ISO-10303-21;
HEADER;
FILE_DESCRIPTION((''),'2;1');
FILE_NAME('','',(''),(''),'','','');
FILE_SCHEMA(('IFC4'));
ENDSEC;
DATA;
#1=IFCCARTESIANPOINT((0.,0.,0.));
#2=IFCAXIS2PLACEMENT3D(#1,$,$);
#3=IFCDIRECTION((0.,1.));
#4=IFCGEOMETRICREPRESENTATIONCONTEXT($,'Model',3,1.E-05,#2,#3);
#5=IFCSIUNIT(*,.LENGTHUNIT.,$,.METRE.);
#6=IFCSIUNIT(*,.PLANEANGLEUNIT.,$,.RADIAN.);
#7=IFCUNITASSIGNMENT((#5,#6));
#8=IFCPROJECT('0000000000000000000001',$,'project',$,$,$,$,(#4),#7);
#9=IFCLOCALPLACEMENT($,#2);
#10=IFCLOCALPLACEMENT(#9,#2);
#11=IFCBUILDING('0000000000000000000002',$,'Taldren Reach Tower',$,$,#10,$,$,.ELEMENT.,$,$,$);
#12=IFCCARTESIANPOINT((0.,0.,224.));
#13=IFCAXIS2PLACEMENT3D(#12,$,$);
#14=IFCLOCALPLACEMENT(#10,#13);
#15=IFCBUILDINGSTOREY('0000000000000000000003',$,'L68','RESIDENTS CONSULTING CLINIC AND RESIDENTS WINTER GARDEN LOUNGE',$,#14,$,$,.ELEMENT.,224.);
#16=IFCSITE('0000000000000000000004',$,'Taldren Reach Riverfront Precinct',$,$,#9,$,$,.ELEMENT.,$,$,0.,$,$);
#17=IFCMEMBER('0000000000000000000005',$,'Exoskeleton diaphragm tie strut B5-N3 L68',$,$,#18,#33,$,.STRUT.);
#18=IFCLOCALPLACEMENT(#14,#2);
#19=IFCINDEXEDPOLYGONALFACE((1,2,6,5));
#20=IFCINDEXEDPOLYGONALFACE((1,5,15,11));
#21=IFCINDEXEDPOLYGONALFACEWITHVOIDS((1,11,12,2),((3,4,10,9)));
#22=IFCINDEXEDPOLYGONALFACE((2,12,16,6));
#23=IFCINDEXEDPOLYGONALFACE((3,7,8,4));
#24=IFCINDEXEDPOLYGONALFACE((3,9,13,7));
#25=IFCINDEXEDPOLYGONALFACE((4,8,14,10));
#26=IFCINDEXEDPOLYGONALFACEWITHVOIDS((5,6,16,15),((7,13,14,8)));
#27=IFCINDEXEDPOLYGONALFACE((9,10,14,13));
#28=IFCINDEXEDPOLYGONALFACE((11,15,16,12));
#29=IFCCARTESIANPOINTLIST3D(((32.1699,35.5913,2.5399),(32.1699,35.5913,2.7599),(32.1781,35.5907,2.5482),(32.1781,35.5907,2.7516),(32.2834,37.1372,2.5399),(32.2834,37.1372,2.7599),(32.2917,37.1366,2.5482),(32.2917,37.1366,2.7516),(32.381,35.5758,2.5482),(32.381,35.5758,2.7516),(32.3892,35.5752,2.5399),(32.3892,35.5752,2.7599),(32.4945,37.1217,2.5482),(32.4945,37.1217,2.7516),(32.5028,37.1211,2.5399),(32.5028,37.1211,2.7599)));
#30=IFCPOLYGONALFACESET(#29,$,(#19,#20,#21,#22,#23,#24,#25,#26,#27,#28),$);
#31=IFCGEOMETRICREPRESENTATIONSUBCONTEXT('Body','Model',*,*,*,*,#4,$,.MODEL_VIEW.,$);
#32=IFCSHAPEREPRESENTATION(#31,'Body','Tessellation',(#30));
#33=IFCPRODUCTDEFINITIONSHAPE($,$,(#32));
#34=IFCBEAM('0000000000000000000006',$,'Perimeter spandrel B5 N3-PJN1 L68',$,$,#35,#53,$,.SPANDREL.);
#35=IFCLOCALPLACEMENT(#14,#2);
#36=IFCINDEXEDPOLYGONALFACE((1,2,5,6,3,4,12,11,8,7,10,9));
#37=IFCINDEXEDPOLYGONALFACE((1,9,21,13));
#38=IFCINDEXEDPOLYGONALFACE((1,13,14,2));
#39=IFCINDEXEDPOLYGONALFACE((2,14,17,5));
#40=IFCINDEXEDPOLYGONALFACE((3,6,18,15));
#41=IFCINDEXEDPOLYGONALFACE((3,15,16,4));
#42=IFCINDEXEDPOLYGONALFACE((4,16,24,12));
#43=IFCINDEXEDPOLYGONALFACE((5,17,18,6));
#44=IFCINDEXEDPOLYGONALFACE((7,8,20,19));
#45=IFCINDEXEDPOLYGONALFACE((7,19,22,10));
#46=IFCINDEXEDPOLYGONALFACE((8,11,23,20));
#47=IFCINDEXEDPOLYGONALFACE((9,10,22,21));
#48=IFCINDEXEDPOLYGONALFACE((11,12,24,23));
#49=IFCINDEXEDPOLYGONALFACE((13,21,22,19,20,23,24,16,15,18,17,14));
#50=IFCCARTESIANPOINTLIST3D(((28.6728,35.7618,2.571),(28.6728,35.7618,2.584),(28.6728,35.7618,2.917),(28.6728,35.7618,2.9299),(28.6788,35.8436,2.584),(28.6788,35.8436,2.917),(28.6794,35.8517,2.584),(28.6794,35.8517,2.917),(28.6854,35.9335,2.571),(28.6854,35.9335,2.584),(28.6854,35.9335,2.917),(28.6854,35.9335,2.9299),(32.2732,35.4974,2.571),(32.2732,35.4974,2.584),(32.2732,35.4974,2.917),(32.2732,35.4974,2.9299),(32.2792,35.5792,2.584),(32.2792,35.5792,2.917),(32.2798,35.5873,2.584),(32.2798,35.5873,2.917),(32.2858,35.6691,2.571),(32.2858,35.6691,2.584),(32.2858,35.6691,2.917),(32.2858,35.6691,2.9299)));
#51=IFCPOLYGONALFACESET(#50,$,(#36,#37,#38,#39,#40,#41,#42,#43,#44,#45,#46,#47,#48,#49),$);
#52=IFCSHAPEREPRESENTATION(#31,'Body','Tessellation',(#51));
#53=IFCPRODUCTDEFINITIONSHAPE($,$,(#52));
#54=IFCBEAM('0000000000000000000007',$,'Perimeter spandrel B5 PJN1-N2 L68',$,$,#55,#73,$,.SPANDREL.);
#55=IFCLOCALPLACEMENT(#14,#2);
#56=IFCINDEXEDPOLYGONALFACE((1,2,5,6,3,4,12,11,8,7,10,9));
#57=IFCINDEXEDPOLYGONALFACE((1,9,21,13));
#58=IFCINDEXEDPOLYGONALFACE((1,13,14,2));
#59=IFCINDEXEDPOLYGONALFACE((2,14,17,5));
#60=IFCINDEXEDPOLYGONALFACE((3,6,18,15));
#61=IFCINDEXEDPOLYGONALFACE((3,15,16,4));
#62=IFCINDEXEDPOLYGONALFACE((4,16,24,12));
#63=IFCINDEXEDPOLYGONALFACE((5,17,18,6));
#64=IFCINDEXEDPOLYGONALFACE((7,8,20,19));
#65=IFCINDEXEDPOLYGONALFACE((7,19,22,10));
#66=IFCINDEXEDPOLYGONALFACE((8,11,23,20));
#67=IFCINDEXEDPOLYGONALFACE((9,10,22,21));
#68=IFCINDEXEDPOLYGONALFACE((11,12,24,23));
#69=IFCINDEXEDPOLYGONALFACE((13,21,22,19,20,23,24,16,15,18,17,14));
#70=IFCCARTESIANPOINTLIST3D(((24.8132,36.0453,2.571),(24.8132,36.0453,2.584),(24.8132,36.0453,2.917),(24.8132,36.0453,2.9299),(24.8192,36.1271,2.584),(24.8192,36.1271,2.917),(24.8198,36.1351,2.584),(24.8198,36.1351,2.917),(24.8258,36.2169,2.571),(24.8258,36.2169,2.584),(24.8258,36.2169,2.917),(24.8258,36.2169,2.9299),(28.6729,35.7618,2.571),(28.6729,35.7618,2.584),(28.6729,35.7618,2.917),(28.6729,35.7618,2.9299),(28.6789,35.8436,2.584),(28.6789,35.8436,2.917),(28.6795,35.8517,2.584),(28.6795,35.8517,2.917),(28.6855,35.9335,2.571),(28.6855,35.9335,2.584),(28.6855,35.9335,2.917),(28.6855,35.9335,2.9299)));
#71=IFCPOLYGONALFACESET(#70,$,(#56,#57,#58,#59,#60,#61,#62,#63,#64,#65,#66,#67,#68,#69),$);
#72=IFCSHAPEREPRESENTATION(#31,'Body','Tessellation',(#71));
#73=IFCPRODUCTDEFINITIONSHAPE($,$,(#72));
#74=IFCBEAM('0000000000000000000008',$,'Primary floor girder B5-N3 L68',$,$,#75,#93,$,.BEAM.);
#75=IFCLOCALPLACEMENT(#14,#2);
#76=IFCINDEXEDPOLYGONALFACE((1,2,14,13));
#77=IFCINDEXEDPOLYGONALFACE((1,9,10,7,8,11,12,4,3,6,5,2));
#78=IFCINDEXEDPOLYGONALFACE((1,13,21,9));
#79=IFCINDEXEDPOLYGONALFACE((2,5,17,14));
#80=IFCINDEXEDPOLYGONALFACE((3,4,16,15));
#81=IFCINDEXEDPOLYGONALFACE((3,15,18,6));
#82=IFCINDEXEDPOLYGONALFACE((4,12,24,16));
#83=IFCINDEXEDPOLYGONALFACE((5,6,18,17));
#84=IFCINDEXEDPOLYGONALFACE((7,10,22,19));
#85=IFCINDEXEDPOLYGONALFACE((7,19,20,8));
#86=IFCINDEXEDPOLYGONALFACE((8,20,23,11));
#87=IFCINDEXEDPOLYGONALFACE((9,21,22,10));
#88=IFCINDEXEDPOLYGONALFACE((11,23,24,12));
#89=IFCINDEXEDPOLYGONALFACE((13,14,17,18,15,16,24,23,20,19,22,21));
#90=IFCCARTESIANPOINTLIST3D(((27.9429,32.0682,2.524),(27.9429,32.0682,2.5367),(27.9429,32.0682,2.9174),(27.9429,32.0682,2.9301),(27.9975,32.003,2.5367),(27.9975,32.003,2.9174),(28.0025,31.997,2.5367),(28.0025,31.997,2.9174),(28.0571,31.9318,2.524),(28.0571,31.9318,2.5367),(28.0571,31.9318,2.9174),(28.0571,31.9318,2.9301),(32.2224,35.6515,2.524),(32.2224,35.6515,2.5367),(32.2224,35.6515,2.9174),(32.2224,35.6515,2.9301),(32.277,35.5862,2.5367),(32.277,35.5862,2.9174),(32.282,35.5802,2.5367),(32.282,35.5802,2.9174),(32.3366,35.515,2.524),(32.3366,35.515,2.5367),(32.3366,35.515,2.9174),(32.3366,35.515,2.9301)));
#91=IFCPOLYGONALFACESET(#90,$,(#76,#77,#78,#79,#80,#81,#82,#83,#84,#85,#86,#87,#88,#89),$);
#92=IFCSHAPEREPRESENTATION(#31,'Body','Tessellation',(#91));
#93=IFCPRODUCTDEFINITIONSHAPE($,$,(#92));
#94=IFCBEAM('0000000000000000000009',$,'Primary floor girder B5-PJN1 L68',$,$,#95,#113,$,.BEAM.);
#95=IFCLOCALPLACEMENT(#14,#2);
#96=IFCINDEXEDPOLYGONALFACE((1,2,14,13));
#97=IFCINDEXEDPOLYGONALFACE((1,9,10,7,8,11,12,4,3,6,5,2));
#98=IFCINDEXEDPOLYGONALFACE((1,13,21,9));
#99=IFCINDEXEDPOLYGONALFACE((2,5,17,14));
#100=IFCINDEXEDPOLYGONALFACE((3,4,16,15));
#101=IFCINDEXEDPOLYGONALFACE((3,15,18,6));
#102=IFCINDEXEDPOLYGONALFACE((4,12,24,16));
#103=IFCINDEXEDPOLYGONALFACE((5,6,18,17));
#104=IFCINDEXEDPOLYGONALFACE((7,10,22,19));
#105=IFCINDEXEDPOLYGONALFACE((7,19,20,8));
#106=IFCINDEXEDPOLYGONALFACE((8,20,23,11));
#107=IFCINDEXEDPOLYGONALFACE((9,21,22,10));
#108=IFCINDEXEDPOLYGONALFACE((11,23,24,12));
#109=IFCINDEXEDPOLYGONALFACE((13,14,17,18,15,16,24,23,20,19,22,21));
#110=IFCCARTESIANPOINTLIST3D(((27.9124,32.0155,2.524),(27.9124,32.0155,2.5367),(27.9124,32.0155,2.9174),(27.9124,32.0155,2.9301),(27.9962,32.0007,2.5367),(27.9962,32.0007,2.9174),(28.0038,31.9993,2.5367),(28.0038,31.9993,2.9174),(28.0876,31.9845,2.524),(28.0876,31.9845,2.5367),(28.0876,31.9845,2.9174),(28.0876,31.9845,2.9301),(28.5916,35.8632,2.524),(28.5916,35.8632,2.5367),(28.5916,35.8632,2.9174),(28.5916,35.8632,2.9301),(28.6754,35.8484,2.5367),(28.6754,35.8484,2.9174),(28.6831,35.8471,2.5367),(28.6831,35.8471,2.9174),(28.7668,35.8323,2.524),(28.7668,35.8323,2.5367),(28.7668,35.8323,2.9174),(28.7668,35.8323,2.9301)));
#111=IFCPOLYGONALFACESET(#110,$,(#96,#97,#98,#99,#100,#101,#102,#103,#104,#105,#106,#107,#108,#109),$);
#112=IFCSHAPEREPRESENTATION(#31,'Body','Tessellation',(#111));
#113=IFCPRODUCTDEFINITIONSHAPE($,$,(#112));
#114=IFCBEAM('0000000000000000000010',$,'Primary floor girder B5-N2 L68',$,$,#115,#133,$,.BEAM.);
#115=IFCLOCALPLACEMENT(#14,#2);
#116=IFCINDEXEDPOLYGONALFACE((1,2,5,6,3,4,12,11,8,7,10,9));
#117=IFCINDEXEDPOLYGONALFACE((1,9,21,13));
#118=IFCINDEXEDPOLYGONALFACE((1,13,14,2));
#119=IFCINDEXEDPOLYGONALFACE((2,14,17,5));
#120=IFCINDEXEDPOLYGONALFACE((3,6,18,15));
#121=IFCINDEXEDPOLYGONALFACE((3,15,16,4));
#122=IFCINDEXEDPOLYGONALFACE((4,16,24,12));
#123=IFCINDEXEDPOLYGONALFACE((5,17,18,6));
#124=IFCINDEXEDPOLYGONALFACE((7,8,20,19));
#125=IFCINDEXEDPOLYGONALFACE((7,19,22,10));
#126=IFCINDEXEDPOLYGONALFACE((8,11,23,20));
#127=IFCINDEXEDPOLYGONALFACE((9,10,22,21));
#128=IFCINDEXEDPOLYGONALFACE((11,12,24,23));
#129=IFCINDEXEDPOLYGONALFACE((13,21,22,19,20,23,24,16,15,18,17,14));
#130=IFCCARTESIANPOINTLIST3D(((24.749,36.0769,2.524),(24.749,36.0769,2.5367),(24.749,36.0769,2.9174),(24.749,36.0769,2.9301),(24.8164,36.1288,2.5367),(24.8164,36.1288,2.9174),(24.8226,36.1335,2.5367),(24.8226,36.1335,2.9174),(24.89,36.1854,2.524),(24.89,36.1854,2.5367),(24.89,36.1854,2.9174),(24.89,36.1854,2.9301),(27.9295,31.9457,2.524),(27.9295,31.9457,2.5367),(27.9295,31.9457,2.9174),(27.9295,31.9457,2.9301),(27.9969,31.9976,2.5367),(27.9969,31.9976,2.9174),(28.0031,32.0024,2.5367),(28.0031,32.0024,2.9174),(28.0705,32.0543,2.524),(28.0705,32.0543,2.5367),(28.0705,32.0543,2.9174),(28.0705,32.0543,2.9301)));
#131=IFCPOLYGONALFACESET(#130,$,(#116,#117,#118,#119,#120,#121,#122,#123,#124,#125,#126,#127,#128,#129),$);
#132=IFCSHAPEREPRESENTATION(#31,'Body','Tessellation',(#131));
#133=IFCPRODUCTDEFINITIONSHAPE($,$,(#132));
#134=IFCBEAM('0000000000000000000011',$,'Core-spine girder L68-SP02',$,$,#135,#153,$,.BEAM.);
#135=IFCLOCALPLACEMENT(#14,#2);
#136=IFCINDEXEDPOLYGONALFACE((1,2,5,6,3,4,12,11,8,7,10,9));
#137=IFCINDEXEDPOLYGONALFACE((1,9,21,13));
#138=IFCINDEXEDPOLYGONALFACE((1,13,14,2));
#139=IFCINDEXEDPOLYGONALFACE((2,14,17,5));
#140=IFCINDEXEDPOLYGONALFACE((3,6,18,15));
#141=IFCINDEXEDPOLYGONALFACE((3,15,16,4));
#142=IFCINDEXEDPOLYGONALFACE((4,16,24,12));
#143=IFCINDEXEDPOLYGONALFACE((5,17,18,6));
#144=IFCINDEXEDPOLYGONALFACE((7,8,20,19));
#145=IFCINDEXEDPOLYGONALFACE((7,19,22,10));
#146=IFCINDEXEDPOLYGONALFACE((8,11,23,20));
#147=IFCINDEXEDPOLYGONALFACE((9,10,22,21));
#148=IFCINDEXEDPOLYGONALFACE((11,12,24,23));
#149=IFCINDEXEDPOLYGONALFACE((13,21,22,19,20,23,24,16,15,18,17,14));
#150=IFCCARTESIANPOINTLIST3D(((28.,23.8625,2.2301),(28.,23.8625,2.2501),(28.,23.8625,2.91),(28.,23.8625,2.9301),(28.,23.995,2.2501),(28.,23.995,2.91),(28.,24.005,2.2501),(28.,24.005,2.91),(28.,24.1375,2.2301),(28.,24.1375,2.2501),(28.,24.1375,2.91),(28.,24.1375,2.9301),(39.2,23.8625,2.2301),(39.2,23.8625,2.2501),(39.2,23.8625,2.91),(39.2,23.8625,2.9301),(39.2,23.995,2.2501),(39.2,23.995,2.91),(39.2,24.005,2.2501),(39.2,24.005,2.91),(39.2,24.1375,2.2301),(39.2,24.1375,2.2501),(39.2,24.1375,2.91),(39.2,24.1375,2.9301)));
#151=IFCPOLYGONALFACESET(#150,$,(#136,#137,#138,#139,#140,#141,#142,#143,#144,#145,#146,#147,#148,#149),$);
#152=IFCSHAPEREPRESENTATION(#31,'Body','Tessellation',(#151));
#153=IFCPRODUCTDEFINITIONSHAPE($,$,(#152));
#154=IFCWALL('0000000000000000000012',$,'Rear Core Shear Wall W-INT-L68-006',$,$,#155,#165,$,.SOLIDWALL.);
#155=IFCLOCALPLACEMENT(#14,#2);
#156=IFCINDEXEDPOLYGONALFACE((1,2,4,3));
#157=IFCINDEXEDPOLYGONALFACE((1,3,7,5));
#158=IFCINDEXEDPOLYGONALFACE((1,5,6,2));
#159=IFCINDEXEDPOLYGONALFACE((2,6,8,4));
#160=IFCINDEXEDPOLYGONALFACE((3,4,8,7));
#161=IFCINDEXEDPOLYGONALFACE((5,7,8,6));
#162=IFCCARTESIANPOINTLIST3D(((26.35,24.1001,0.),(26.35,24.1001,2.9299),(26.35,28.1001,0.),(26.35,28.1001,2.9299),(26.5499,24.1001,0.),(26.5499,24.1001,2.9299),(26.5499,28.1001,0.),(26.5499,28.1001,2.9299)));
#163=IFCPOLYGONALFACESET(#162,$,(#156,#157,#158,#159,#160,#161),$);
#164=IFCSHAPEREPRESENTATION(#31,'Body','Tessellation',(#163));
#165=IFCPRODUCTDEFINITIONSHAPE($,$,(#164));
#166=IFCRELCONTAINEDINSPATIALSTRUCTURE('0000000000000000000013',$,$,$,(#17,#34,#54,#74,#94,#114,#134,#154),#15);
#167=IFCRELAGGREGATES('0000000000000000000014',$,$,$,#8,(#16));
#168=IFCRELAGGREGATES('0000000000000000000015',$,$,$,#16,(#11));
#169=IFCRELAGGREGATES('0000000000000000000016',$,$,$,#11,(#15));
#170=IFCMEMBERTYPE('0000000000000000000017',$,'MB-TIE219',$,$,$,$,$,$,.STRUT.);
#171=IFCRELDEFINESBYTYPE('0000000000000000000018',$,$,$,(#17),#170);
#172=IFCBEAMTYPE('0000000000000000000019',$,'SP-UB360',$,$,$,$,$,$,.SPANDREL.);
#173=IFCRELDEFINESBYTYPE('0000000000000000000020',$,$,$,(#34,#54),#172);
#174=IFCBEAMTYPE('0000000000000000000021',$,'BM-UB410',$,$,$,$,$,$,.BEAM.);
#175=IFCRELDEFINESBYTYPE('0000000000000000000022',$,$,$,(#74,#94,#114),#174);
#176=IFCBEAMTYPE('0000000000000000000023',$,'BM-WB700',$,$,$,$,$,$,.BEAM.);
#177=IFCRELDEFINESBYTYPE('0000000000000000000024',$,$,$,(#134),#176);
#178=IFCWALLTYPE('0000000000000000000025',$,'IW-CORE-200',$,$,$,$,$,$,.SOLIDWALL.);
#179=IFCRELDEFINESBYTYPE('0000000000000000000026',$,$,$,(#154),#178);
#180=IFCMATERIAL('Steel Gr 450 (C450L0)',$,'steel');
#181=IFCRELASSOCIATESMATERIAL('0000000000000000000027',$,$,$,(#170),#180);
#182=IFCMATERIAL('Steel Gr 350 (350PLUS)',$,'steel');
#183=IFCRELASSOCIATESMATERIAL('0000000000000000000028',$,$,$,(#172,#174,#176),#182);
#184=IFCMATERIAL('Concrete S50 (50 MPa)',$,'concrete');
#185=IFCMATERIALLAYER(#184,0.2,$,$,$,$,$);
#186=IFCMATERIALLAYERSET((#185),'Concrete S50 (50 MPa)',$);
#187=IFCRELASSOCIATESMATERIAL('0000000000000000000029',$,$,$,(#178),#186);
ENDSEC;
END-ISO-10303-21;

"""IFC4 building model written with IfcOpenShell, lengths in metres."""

from ifc_helpers import new_model, si_unit, direction, frame, frame_2d, origin, origin_2d, place, context, subcontext, project, spatial, rectangle, hollow_rectangle, i_section, extrude, source, transform, mapped, material, layer, layer_set, material_profile, profile_set, type_object, element, save


model = new_model("IFC4")

# Units and contexts
model_context = context("Model", 3, precision=1e-05, world=origin(), true_north=direction((0.0, 1.0)))
body_context = subcontext(model_context, "Body", "Model", "MODEL_VIEW")
ifc_project = project(units=[si_unit("LENGTHUNIT", "METRE"), si_unit("PLANEANGLEUNIT", "RADIAN")], contexts=[model_context])

# Site, building, storey
site_placement = place(None, origin())
site = spatial("IfcSite", under=ifc_project, at=site_placement, Name="Taldren Reach Riverfront Precinct", CompositionType="ELEMENT", RefElevation=0.0)
building_placement = place(site_placement, origin())
building = spatial("IfcBuilding", under=site, at=building_placement, Name="Taldren Reach Tower", CompositionType="ELEMENT")
storey_placement = place(building_placement, frame((0.0, 0.0, 224.0)))
storey = spatial("IfcBuildingStorey", under=building, at=storey_placement, Name="L68", Description="RESIDENTS CONSULTING CLINIC AND RESIDENTS WINTER GARDEN LOUNGE", CompositionType="ELEMENT", Elevation=224.0)

# Shared definitions
ifc_material_1 = material(Name="Steel Gr 450 (C450L0)", Category="steel")
ifc_material_2 = material(Name="Steel Gr 350 (350PLUS)", Category="steel")

# Member
ifc_material_profile_1 = material_profile(ifc_material_1, hollow_rectangle(XDim=0.22, YDim=0.22, WallThickness=0.0083, at=origin_2d()), Name="220x220x8.2SHS")
ifc_profile_set_1 = profile_set([ifc_material_profile_1], Name="Steel Gr 450 (C450L0)")
member_type_1 = type_object("IfcMemberType", Name="MB-TIE219", PredefinedType="STRUT", material=ifc_profile_set_1)
shared_shape_1 = source(origin(), body_context, "Body", "SweptSolid", [
    extrude(hollow_rectangle(XDim=0.22, YDim=0.22, WallThickness=0.0083, at=origin_2d()), origin(), (0.0, 0.0, 1.0), 1.55),
])
member_placement = place(storey_placement, frame((32.2795, 35.5833, 2.6499), z_axis=(0.073239, 0.997314, 0.0), x_axis=(-0.997314, 0.073239, 0.0)))
element("IfcMember", 1, at=member_placement, inside=storey, type_object=member_type_1, Name="Exoskeleton diaphragm tie strut B5-N3 L68", PredefinedType="STRUT", context=body_context, shape_type="MappedRepresentation", body=[
    mapped(shared_shape_1, transform((0.0, 0.0, 0.0), scale=1.0)),
])

# Beams
ifc_material_profile_2 = material_profile(ifc_material_2, i_section(OverallWidth=0.1721, OverallDepth=0.3589, WebThickness=0.0081, FlangeThickness=0.0129, at=origin_2d()), Name="360UB56.7")
ifc_profile_set_2 = profile_set([ifc_material_profile_2], Name="Steel Gr 350 (350PLUS)")
beam_type_1 = type_object("IfcBeamType", Name="SP-UB360", PredefinedType="SPANDREL", material=ifc_profile_set_2)
shared_shape_2 = source(origin(), body_context, "Body", "SweptSolid", [
    extrude(i_section(OverallWidth=0.1721, OverallDepth=0.3589, WebThickness=0.0081, FlangeThickness=0.0129, at=origin_2d()), origin(), (0.0, 0.0, 1.0), 3.6101),
])
beam_1_placement = place(storey_placement, frame((32.2795, 35.5833, 2.7505), z_axis=(-0.997314, 0.073241, 0.0), x_axis=(-0.073241, -0.997314, 0.0)))
element("IfcBeam", 2, at=beam_1_placement, inside=storey, type_object=beam_type_1, Name="Perimeter spandrel B5 N3-PJN1 L68", PredefinedType="SPANDREL", context=body_context, shape_type="MappedRepresentation", body=[
    mapped(shared_shape_2, transform((0.0, 0.0, 0.0), scale=1.0)),
])
shared_shape_3 = source(origin(), body_context, "Body", "SweptSolid", [
    extrude(i_section(OverallWidth=0.1721, OverallDepth=0.3589, WebThickness=0.0081, FlangeThickness=0.0129, at=origin_2d()), origin(), (0.0, 0.0, 1.0), 3.8701),
])
beam_2_placement = place(storey_placement, frame((28.6792, 35.8477, 2.7505), z_axis=(-0.997314, 0.073242, 0.0), x_axis=(-0.073242, -0.997314, 0.0)))
element("IfcBeam", 3, at=beam_2_placement, inside=storey, type_object=beam_type_1, Name="Perimeter spandrel B5 PJN1-N2 L68", PredefinedType="SPANDREL", context=body_context, shape_type="MappedRepresentation", body=[
    mapped(shared_shape_3, transform((0.0, 0.0, 0.0), scale=1.0)),
])
ifc_material_profile_3 = material_profile(ifc_material_2, i_section(OverallWidth=0.178, OverallDepth=0.406, WebThickness=0.0078, FlangeThickness=0.0127, at=origin_2d()), Name="410UB59.7")
ifc_profile_set_3 = profile_set([ifc_material_profile_3], Name="Steel Gr 350 (350PLUS)")
beam_type_2 = type_object("IfcBeamType", Name="BM-UB410", PredefinedType="BEAM", material=ifc_profile_set_3)
shared_shape_4 = source(origin(), body_context, "Body", "SweptSolid", [
    extrude(i_section(OverallWidth=0.178, OverallDepth=0.406, WebThickness=0.0078, FlangeThickness=0.0127, at=origin_2d()), origin(), (0.0, 0.0, 1.0), 5.5815),
])
beam_3_placement = place(storey_placement, frame((28.0, 32.0, 2.7271), z_axis=(0.766724, 0.641977, 0.0), x_axis=(-0.641977, 0.766724, 0.0)))
element("IfcBeam", 4, at=beam_3_placement, inside=storey, type_object=beam_type_2, Name="Primary floor girder B5-N3 L68", PredefinedType="BEAM", context=body_context, shape_type="MappedRepresentation", body=[
    mapped(shared_shape_4, transform((0.0, 0.0, 0.0), scale=1.0)),
])
shared_shape_5 = source(origin(), body_context, "Body", "SweptSolid", [
    extrude(i_section(OverallWidth=0.178, OverallDepth=0.406, WebThickness=0.0078, FlangeThickness=0.0127, at=origin_2d()), origin(), (0.0, 0.0, 1.0), 3.9072),
])
beam_4_placement = place(storey_placement, frame((28.0, 32.0, 2.7271), z_axis=(0.173835, 0.984775, 0.0), x_axis=(-0.984775, 0.173835, 0.0)))
element("IfcBeam", 5, at=beam_4_placement, inside=storey, type_object=beam_type_2, Name="Primary floor girder B5-PJN1 L68", PredefinedType="BEAM", context=body_context, shape_type="MappedRepresentation", body=[
    mapped(shared_shape_5, transform((0.0, 0.0, 0.0), scale=1.0)),
])
shared_shape_6 = source(origin(), body_context, "Body", "SweptSolid", [
    extrude(i_section(OverallWidth=0.178, OverallDepth=0.406, WebThickness=0.0078, FlangeThickness=0.0127, at=origin_2d()), origin(), (0.0, 0.0, 1.0), 5.2136),
])
beam_5_placement = place(storey_placement, frame((28.0, 32.0, 2.7271), z_axis=(-0.61003, 0.792378, 0.0), x_axis=(-0.792378, -0.61003, 0.0)))
element("IfcBeam", 6, at=beam_5_placement, inside=storey, type_object=beam_type_2, Name="Primary floor girder B5-N2 L68", PredefinedType="BEAM", context=body_context, shape_type="MappedRepresentation", body=[
    mapped(shared_shape_6, transform((0.0, 0.0, 0.0), scale=1.0)),
])
ifc_material_profile_4 = material_profile(ifc_material_2, i_section(OverallWidth=0.2749, OverallDepth=0.7, WebThickness=0.01, FlangeThickness=0.02, at=origin_2d()), Name="700WB150")
ifc_profile_set_4 = profile_set([ifc_material_profile_4], Name="Steel Gr 350 (350PLUS)")
beam_type_3 = type_object("IfcBeamType", Name="BM-WB700", PredefinedType="BEAM", material=ifc_profile_set_4)
shared_shape_7 = source(origin(), body_context, "Body", "SweptSolid", [
    extrude(i_section(OverallWidth=0.2749, OverallDepth=0.7, WebThickness=0.01, FlangeThickness=0.02, at=origin_2d()), origin(), (0.0, 0.0, 1.0), 11.2),
])
beam_6_placement = place(storey_placement, frame((28.0, 24.0, 2.5801), z_axis=(1.0, 0.0, 0.0), x_axis=(0.0, 1.0, 0.0)))
element("IfcBeam", 7, at=beam_6_placement, inside=storey, type_object=beam_type_3, Name="Core-spine girder L68-SP02", PredefinedType="BEAM", context=body_context, shape_type="MappedRepresentation", body=[
    mapped(shared_shape_7, transform((0.0, 0.0, 0.0), scale=1.0)),
])

# Wall
ifc_material_3 = material(Name="Concrete S50 (50 MPa)", Category="concrete")
ifc_layer_1 = layer(ifc_material_3, 0.2)
ifc_layer_set_1 = layer_set([ifc_layer_1], Name="Concrete S50 (50 MPa)")
wall_type_1 = type_object("IfcWallType", Name="IW-CORE-200", PredefinedType="SOLIDWALL", material=ifc_layer_set_1)
shared_shape_8 = source(origin(), body_context, "Body", "SweptSolid", [
    extrude(rectangle(XDim=4.0, YDim=0.2, at=frame_2d((2.0, 0.0))), origin(), (0.0, 0.0, 1.0), 2.9299),
])
wall_1_placement = place(storey_placement, frame((26.45, 24.1001, 0.0), z_axis=(0.0, 0.0, 1.0), x_axis=(0.0, 1.0, 0.0)))
element("IfcWall", 8, at=wall_1_placement, inside=storey, type_object=wall_type_1, Name="Rear Core Shear Wall W-INT-L68-006", PredefinedType="SOLIDWALL", context=body_context, shape_type="MappedRepresentation", body=[
    mapped(shared_shape_8, transform((0.0, 0.0, 0.0), scale=1.0)),
])

save(model, "model.ifc")
